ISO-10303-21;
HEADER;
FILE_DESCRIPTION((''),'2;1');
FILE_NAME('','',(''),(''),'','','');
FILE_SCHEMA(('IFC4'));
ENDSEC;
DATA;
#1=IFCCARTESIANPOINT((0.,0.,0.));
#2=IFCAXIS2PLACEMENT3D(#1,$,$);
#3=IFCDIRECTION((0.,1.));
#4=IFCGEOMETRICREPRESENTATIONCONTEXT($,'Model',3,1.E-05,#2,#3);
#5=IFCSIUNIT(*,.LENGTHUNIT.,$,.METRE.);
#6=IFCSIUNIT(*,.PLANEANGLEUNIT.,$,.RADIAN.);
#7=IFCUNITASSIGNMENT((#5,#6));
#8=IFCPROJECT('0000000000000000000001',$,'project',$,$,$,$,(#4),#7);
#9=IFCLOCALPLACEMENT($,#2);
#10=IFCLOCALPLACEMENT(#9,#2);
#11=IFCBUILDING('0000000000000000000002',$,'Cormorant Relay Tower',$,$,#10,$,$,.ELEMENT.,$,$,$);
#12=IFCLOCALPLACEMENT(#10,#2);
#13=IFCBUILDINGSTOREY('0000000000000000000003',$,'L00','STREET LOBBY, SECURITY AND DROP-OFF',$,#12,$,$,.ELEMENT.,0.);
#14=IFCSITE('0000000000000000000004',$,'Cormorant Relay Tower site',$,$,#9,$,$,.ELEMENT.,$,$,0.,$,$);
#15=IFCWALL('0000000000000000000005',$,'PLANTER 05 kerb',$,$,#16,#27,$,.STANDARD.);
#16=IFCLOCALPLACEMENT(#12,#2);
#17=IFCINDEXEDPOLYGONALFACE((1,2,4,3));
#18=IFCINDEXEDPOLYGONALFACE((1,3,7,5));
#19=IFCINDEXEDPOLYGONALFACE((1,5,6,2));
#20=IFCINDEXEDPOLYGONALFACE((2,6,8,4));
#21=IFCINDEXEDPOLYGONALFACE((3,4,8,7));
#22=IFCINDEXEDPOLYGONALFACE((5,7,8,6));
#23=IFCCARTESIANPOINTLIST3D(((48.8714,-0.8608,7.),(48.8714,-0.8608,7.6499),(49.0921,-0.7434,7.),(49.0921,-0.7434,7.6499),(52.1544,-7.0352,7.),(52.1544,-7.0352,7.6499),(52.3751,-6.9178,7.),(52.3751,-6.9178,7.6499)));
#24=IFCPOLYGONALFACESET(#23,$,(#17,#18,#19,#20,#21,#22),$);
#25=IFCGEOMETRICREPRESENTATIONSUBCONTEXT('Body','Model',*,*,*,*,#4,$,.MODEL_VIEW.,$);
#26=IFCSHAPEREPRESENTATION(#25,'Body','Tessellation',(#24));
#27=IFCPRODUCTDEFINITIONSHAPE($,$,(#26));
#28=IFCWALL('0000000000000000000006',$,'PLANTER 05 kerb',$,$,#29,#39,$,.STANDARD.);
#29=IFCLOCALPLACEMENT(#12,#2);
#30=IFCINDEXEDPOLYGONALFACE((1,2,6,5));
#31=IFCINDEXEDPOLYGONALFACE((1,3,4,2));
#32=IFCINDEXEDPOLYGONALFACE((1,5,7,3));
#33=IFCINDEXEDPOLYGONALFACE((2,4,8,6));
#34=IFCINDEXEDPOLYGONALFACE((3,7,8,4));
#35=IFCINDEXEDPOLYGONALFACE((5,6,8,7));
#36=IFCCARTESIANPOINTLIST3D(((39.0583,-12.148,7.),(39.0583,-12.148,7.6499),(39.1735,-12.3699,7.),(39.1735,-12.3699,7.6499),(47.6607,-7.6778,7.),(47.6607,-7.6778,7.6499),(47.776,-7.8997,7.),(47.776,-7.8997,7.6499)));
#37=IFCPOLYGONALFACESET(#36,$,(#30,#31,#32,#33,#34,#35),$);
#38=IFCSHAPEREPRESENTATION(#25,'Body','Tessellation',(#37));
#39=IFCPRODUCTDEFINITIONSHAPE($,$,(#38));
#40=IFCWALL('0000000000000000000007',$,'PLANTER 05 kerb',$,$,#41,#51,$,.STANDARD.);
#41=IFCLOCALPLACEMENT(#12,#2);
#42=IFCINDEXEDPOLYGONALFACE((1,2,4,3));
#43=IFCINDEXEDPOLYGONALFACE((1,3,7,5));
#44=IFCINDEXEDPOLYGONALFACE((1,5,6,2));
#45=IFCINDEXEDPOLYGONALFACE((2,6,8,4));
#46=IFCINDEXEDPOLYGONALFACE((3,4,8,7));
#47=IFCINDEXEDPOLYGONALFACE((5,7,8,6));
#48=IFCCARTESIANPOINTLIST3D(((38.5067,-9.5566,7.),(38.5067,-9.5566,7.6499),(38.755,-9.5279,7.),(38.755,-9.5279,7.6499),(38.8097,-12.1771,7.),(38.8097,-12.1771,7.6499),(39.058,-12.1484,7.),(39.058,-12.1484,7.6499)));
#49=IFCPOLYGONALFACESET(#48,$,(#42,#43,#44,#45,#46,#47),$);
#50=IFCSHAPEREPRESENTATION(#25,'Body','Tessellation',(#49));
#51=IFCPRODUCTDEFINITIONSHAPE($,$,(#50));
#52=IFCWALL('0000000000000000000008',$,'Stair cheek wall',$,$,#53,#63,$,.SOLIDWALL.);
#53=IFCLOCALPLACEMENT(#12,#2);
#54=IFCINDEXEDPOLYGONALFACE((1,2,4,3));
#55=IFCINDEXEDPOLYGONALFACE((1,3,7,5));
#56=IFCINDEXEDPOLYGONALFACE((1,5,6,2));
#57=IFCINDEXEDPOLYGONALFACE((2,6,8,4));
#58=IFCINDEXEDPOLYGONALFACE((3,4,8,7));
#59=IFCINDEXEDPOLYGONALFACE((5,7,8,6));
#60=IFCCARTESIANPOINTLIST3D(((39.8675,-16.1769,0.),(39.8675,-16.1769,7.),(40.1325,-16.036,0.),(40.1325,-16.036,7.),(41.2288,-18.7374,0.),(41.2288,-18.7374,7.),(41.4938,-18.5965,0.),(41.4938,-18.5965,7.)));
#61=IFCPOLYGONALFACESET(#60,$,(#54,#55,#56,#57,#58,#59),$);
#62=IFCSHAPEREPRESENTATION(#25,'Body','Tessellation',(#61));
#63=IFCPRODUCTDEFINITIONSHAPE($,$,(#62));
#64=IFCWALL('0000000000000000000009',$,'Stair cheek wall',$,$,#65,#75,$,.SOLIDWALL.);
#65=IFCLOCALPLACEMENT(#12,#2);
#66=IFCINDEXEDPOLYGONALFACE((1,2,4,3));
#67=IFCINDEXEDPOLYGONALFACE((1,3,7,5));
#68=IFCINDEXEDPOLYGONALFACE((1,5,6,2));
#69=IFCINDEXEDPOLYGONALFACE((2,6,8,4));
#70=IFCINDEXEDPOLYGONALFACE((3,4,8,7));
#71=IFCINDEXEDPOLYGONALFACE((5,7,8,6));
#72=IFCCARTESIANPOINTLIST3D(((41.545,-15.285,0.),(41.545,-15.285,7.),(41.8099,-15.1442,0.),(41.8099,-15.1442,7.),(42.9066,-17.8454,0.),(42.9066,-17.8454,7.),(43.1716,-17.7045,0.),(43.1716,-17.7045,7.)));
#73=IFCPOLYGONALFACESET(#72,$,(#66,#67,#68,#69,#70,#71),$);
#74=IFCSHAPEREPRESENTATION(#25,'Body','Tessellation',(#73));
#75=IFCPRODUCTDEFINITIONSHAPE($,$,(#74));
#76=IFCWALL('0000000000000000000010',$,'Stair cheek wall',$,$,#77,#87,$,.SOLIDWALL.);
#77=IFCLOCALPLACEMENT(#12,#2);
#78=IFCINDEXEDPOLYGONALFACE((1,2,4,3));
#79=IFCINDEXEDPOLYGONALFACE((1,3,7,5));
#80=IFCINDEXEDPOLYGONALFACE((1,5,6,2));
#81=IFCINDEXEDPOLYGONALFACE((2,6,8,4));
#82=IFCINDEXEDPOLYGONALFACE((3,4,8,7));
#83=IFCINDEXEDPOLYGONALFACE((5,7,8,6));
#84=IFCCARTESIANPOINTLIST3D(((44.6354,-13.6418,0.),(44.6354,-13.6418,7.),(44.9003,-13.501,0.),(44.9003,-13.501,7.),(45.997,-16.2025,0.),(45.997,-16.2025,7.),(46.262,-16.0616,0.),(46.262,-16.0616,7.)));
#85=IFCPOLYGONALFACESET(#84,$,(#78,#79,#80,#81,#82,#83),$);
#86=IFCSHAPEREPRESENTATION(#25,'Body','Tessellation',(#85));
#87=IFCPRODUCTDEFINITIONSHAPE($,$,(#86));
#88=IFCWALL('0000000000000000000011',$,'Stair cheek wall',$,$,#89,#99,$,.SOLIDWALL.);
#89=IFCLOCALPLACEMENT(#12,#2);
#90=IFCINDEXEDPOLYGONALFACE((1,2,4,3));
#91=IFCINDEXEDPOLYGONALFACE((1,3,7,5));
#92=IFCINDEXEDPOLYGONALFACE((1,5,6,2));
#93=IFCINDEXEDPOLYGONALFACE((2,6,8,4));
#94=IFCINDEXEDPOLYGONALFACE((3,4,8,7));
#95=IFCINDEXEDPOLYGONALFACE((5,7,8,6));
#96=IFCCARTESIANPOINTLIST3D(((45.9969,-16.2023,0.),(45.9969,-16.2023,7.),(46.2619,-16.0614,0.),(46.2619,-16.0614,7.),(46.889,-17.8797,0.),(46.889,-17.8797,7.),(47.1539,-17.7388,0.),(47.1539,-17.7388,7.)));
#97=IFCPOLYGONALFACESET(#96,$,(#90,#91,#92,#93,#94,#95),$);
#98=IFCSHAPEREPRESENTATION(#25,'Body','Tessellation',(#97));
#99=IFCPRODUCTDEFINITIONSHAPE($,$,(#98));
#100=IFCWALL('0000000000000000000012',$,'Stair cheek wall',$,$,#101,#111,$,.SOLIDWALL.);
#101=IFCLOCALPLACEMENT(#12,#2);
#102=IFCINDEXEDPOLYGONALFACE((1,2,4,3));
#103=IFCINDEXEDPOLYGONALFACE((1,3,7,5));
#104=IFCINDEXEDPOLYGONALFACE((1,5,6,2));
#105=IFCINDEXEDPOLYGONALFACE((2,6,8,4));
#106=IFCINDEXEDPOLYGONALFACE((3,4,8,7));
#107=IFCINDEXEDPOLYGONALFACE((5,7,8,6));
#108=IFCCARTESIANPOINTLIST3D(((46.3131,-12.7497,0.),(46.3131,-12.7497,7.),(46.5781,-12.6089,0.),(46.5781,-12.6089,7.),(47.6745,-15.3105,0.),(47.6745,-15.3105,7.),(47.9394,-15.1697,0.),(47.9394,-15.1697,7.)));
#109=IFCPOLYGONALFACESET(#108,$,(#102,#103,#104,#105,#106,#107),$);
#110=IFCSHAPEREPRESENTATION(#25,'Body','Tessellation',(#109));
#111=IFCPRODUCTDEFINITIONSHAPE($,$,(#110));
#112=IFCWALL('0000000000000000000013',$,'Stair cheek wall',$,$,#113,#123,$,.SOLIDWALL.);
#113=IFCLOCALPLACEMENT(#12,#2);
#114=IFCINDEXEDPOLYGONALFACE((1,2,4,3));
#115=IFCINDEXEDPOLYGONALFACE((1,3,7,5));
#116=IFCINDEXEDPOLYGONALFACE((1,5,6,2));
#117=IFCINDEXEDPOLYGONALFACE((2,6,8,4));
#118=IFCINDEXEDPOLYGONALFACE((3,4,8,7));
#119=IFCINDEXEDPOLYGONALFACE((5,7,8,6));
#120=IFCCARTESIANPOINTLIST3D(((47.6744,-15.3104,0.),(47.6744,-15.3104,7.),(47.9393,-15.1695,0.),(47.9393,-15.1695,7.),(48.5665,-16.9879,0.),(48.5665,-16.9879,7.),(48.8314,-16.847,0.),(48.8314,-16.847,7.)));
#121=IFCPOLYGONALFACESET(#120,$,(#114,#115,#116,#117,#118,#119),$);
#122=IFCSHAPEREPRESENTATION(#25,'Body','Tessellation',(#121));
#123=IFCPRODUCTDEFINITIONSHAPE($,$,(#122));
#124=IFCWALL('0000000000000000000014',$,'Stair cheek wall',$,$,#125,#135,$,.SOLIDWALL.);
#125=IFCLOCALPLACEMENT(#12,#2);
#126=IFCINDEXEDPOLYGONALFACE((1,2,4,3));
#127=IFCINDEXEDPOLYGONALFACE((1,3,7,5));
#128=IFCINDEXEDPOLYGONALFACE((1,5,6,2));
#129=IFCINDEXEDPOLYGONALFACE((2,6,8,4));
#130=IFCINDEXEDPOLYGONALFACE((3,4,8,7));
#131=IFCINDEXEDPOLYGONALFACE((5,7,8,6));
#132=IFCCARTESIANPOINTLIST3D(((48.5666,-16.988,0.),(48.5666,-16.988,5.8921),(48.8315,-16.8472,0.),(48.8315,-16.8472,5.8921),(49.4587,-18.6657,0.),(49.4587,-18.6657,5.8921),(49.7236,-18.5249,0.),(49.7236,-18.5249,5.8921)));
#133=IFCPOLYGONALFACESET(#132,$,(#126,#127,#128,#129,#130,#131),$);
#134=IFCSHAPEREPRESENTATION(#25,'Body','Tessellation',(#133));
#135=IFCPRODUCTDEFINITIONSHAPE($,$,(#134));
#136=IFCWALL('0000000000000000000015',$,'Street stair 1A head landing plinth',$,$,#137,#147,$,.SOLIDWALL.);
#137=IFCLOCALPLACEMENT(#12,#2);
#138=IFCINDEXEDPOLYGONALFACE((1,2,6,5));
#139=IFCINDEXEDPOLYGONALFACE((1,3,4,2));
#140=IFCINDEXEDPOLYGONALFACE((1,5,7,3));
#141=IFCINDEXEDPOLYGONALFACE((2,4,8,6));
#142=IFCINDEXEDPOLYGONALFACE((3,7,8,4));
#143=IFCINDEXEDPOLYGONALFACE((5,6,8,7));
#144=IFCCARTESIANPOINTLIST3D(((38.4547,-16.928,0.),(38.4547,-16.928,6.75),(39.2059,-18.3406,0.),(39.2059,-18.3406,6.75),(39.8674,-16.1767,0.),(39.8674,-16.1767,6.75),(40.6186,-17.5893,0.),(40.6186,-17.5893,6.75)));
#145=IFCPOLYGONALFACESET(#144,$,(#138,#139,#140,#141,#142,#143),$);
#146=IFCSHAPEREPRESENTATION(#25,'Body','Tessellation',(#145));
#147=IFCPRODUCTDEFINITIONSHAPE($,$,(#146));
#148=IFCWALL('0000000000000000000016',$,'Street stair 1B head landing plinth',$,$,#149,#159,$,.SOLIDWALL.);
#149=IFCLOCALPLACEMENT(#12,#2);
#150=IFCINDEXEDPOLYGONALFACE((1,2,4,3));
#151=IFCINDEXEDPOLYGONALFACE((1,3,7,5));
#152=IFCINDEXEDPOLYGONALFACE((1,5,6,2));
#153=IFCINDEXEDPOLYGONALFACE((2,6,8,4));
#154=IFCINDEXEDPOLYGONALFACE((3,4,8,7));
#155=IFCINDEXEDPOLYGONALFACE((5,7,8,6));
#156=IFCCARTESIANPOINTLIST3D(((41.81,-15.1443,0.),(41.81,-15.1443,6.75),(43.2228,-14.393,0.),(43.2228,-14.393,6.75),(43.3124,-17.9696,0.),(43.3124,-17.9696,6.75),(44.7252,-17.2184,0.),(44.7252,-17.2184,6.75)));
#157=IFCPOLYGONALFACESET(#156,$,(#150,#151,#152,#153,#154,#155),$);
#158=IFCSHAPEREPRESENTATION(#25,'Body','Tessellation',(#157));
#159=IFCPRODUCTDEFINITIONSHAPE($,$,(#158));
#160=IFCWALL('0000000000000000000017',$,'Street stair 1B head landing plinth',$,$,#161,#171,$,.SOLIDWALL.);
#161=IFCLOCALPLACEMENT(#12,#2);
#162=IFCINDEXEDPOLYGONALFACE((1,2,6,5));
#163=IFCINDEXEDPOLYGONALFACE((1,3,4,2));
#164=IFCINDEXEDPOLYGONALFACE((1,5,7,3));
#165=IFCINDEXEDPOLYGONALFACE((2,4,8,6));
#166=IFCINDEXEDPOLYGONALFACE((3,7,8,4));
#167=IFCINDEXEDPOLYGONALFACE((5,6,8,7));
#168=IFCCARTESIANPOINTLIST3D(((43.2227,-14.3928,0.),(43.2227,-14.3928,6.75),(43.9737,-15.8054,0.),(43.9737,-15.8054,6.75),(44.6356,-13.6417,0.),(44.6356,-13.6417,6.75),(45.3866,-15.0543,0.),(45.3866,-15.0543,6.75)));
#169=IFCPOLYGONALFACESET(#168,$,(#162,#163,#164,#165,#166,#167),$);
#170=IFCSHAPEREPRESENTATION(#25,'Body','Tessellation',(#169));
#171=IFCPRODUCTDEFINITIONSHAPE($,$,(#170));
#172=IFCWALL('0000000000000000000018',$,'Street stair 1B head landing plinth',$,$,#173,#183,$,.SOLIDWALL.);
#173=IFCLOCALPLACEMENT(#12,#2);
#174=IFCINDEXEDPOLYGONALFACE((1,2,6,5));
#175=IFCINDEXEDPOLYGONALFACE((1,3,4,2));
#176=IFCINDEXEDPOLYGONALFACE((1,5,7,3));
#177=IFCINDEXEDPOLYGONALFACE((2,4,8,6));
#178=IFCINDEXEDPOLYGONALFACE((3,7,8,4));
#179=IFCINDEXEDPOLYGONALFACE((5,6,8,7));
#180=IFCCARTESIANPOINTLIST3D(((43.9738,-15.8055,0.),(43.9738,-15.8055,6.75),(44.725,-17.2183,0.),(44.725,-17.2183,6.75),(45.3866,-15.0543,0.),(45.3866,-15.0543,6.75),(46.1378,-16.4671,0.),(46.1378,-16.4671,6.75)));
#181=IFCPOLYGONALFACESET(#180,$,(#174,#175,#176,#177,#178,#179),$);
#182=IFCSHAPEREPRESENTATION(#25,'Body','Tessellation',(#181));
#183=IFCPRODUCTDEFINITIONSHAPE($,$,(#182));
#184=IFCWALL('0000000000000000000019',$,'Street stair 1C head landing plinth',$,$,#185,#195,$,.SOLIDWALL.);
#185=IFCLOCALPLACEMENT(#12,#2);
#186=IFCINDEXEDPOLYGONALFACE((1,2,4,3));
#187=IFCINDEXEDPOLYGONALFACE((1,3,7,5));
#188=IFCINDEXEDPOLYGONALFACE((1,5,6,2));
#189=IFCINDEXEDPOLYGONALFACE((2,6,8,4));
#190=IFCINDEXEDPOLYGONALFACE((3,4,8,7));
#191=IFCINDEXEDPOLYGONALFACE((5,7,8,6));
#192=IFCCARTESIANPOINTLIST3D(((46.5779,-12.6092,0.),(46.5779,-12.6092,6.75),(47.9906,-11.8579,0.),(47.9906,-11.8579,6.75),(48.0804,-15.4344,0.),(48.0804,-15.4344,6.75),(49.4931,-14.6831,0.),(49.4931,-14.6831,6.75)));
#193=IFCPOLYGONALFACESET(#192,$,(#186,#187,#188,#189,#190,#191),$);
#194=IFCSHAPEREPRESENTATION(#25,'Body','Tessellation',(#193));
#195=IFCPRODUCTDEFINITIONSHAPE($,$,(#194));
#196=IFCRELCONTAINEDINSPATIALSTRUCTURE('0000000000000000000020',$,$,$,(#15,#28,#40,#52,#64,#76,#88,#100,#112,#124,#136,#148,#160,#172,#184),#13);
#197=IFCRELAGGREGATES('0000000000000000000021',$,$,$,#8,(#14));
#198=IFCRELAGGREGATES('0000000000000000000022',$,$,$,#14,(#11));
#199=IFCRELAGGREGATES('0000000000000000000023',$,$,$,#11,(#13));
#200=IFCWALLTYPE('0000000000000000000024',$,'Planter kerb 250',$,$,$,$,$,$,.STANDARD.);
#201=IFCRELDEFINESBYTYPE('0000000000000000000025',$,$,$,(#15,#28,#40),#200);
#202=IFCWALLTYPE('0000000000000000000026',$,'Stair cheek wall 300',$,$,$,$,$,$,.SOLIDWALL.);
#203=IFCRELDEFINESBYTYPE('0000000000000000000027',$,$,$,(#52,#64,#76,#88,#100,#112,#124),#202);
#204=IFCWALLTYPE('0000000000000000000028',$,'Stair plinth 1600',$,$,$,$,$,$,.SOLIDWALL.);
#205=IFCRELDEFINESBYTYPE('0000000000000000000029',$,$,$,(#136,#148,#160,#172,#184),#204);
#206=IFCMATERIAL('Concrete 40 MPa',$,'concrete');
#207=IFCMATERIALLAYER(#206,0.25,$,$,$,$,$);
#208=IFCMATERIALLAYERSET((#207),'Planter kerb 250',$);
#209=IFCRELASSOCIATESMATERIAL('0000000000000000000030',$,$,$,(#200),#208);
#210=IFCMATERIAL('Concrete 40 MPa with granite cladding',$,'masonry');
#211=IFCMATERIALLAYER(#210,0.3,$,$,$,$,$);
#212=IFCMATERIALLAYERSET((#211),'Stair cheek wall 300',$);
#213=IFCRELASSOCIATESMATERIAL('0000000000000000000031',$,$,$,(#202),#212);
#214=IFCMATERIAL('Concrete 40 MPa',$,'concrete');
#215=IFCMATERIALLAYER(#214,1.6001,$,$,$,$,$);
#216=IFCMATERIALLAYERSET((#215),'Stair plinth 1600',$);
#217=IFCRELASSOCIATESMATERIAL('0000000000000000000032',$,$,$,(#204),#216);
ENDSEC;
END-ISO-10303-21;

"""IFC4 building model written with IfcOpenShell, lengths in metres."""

from ifc_helpers import new_model, si_unit, direction, frame, frame_2d, origin, place, context, subcontext, project, spatial, rectangle, extrude, material, layer, layer_set, type_object, element, save


model = new_model("IFC4")

# Units and contexts
model_context = context("Model", 3, precision=1e-05, world=origin(), true_north=direction((0.0, 1.0)))
body_context = subcontext(model_context, "Body", "Model", "MODEL_VIEW")
ifc_project = project(units=[si_unit("LENGTHUNIT", "METRE"), si_unit("PLANEANGLEUNIT", "RADIAN")], contexts=[model_context])

# Site, building, storey
site_placement = place(None, origin())
site = spatial("IfcSite", under=ifc_project, at=site_placement, Name="Cormorant Relay Tower site", CompositionType="ELEMENT", RefElevation=0.0)
building_placement = place(site_placement, origin())
building = spatial("IfcBuilding", under=site, at=building_placement, Name="Cormorant Relay Tower", CompositionType="ELEMENT")
storey_placement = place(building_placement, origin())
storey = spatial("IfcBuildingStorey", under=building, at=storey_placement, Name="L00", Description="STREET LOBBY, SECURITY AND DROP-OFF", CompositionType="ELEMENT", Elevation=0.0)

# Walls
ifc_material_1 = material(Name="Concrete 40 MPa", Category="concrete")
ifc_layer_1 = layer(ifc_material_1, 0.25)
ifc_layer_set_1 = layer_set([ifc_layer_1], Name="Planter kerb 250")
wall_type_1 = type_object("IfcWallType", Name="Planter kerb 250", PredefinedType="STANDARD", material=ifc_layer_set_1)
wall_1_placement = place(storey_placement, frame((48.9817, -0.802, 7.0), z_axis=(0.0, 0.0, 1.0), x_axis=(0.469473, -0.882947, 0.0)))
element("IfcWall", 1, at=wall_1_placement, inside=storey, type_object=wall_type_1, Name="PLANTER 05 kerb", PredefinedType="STANDARD", context=body_context, shape_type="SweptSolid", body=[
    extrude(rectangle(XDim=6.9929, YDim=0.25, at=frame_2d((3.4966, 0.0))), origin(), (0.0, 0.0, 1.0), 0.6499),
])
wall_2_placement = place(storey_placement, frame((47.7183, -7.7888, 7.0), z_axis=(0.0, 0.0, 1.0), x_axis=(-0.887348, -0.461101, 0.0)))
element("IfcWall", 2, at=wall_2_placement, inside=storey, type_object=wall_type_1, Name="PLANTER 05 kerb", PredefinedType="STANDARD", context=body_context, shape_type="SweptSolid", body=[
    extrude(rectangle(XDim=9.6946, YDim=0.25, at=frame_2d((4.8472, 0.0))), origin(), (0.0, 0.0, 1.0), 0.6499),
])
wall_3_placement = place(storey_placement, frame((38.9338, -12.1626, 7.0), z_axis=(0.0, 0.0, 1.0), x_axis=(-0.114859, 0.993382, 0.0)))
element("IfcWall", 3, at=wall_3_placement, inside=storey, type_object=wall_type_1, Name="PLANTER 05 kerb", PredefinedType="STANDARD", context=body_context, shape_type="SweptSolid", body=[
    extrude(rectangle(XDim=2.6379, YDim=0.25, at=frame_2d((1.3188, 0.0))), origin(), (0.0, 0.0, 1.0), 0.6499),
])
ifc_material_2 = material(Name="Concrete 40 MPa with granite cladding", Category="masonry")
ifc_layer_2 = layer(ifc_material_2, 0.3)
ifc_layer_set_2 = layer_set([ifc_layer_2], Name="Stair cheek wall 300")
wall_type_2 = type_object("IfcWallType", Name="Stair cheek wall 300", PredefinedType="SOLIDWALL", material=ifc_layer_set_2)
for number, where, z_axis, x_axis, name in (
    (4, (40.0, -16.1064, 0.0), (0.0, 0.0, 1.0), (0.469434, -0.882967, 0.0), "Stair cheek wall"),
    (5, (41.6775, -15.2146, 0.0), (0.0, 0.0, 1.0), (0.469535, -0.882914, 0.0), "Stair cheek wall"),
):
    element("IfcWall", number, at=place(storey_placement, frame(where, z_axis=z_axis, x_axis=x_axis)), inside=storey, type_object=wall_type_2, Name=name, PredefinedType="SOLIDWALL", context=body_context, shape_type="SweptSolid", body=[
        extrude(rectangle(XDim=2.8999, YDim=0.3, at=frame_2d((1.45, 0.0))), origin(), (0.0, 0.0, 1.0), 7.0),
    ])
wall_4_placement = place(storey_placement, frame((44.7678, -13.5713, 0.0), z_axis=(0.0, 0.0, 1.0), x_axis=(0.4695, -0.882933, 0.0)))
element("IfcWall", 6, at=wall_4_placement, inside=storey, type_object=wall_type_2, Name="Stair cheek wall", PredefinedType="SOLIDWALL", context=body_context, shape_type="SweptSolid", body=[
    extrude(rectangle(XDim=2.9001, YDim=0.3, at=frame_2d((1.4502, 0.0))), origin(), (0.0, 0.0, 1.0), 7.0),
])
wall_5_placement = place(storey_placement, frame((46.1294, -16.1318, 0.0), z_axis=(0.0, 0.0, 1.0), x_axis=(0.469534, -0.882914, 0.0)))
element("IfcWall", 7, at=wall_5_placement, inside=storey, type_object=wall_type_2, Name="Stair cheek wall", PredefinedType="SOLIDWALL", context=body_context, shape_type="SweptSolid", body=[
    extrude(rectangle(XDim=1.8999, YDim=0.3, at=frame_2d((0.95, 0.0))), origin(), (0.0, 0.0, 1.0), 7.0),
])
wall_6_placement = place(storey_placement, frame((46.4456, -12.6792, 0.0), z_axis=(0.0, 0.0, 1.0), x_axis=(0.469399, -0.882986, 0.0)))
element("IfcWall", 8, at=wall_6_placement, inside=storey, type_object=wall_type_2, Name="Stair cheek wall", PredefinedType="SOLIDWALL", context=body_context, shape_type="SweptSolid", body=[
    extrude(rectangle(XDim=2.9001, YDim=0.3, at=frame_2d((1.4502, 0.0))), origin(), (0.0, 0.0, 1.0), 7.0),
])
wall_7_placement = place(storey_placement, frame((47.8069, -15.24, 0.0), z_axis=(0.0, 0.0, 1.0), x_axis=(0.469534, -0.882914, 0.0)))
element("IfcWall", 9, at=wall_7_placement, inside=storey, type_object=wall_type_2, Name="Stair cheek wall", PredefinedType="SOLIDWALL", context=body_context, shape_type="SweptSolid", body=[
    extrude(rectangle(XDim=1.8999, YDim=0.3, at=frame_2d((0.95, 0.0))), origin(), (0.0, 0.0, 1.0), 7.0),
])
wall_8_placement = place(storey_placement, frame((48.699, -16.9175, 0.0), z_axis=(0.0, 0.0, 1.0), x_axis=(0.469481, -0.882943, 0.0)))
element("IfcWall", 10, at=wall_8_placement, inside=storey, type_object=wall_type_2, Name="Stair cheek wall", PredefinedType="SOLIDWALL", context=body_context, shape_type="SweptSolid", body=[
    extrude(rectangle(XDim=1.9001, YDim=0.3, at=frame_2d((0.9502, 0.0))), origin(), (0.0, 0.0, 1.0), 5.8921),
])
ifc_material_3 = material(Name="Concrete 40 MPa", Category="concrete")
ifc_layer_3 = layer(ifc_material_3, 1.6001)
ifc_layer_set_3 = layer_set([ifc_layer_3], Name="Stair plinth 1600")
wall_type_3 = type_object("IfcWallType", Name="Stair plinth 1600", PredefinedType="SOLIDWALL", material=ifc_layer_set_3)
wall_9_placement = place(storey_placement, frame((39.1611, -16.5525, 0.0), z_axis=(0.0, 0.0, 1.0), x_axis=(0.469535, -0.882914, 0.0)))
element("IfcWall", 11, at=wall_9_placement, inside=storey, type_object=wall_type_3, Name="Street stair 1A head landing plinth", PredefinedType="SOLIDWALL", context=body_context, shape_type="SweptSolid", body=[
    extrude(rectangle(XDim=1.5999, YDim=1.6001, at=frame_2d((0.7998, 0.0))), origin(), (0.0, 0.0, 1.0), 6.75),
])
wall_10_placement = place(storey_placement, frame((42.5164, -14.7686, 0.0), z_axis=(0.0, 0.0, 1.0), x_axis=(0.469503, -0.882931, 0.0)))
element("IfcWall", 12, at=wall_10_placement, inside=storey, type_object=wall_type_3, Name="Street stair 1B head landing plinth", PredefinedType="SOLIDWALL", context=body_context, shape_type="SweptSolid", body=[
    extrude(rectangle(XDim=3.2, YDim=1.6001, at=frame_2d((1.6001, 0.0))), origin(), (0.0, 0.0, 1.0), 6.75),
])
wall_11_placement = place(storey_placement, frame((43.9292, -14.0173, 0.0), z_axis=(0.0, 0.0, 1.0), x_axis=(0.469416, -0.882977, 0.0)))
element("IfcWall", 13, at=wall_11_placement, inside=storey, type_object=wall_type_3, Name="Street stair 1B head landing plinth", PredefinedType="SOLIDWALL", context=body_context, shape_type="SweptSolid", body=[
    extrude(rectangle(XDim=1.5999, YDim=1.6001, at=frame_2d((0.7998, 0.0))), origin(), (0.0, 0.0, 1.0), 6.75),
])
wall_12_placement = place(storey_placement, frame((44.6802, -15.4299, 0.0), z_axis=(0.0, 0.0, 1.0), x_axis=(0.469471, -0.882948, 0.0)))
element("IfcWall", 14, at=wall_12_placement, inside=storey, type_object=wall_type_3, Name="Street stair 1B head landing plinth", PredefinedType="SOLIDWALL", context=body_context, shape_type="SweptSolid", body=[
    extrude(rectangle(XDim=1.6001, YDim=1.6001, at=frame_2d((0.8, 0.0))), origin(), (0.0, 0.0, 1.0), 6.75),
])
wall_13_placement = place(storey_placement, frame((47.2842, -12.2334, 0.0), z_axis=(0.0, 0.0, 1.0), x_axis=(0.469535, -0.882914, 0.0)))
element("IfcWall", 15, at=wall_13_placement, inside=storey, type_object=wall_type_3, Name="Street stair 1C head landing plinth", PredefinedType="SOLIDWALL", context=body_context, shape_type="SweptSolid", body=[
    extrude(rectangle(XDim=3.2, YDim=1.6001, at=frame_2d((1.6001, 0.0))), origin(), (0.0, 0.0, 1.0), 6.75),
])

save(model, "model.ifc")
